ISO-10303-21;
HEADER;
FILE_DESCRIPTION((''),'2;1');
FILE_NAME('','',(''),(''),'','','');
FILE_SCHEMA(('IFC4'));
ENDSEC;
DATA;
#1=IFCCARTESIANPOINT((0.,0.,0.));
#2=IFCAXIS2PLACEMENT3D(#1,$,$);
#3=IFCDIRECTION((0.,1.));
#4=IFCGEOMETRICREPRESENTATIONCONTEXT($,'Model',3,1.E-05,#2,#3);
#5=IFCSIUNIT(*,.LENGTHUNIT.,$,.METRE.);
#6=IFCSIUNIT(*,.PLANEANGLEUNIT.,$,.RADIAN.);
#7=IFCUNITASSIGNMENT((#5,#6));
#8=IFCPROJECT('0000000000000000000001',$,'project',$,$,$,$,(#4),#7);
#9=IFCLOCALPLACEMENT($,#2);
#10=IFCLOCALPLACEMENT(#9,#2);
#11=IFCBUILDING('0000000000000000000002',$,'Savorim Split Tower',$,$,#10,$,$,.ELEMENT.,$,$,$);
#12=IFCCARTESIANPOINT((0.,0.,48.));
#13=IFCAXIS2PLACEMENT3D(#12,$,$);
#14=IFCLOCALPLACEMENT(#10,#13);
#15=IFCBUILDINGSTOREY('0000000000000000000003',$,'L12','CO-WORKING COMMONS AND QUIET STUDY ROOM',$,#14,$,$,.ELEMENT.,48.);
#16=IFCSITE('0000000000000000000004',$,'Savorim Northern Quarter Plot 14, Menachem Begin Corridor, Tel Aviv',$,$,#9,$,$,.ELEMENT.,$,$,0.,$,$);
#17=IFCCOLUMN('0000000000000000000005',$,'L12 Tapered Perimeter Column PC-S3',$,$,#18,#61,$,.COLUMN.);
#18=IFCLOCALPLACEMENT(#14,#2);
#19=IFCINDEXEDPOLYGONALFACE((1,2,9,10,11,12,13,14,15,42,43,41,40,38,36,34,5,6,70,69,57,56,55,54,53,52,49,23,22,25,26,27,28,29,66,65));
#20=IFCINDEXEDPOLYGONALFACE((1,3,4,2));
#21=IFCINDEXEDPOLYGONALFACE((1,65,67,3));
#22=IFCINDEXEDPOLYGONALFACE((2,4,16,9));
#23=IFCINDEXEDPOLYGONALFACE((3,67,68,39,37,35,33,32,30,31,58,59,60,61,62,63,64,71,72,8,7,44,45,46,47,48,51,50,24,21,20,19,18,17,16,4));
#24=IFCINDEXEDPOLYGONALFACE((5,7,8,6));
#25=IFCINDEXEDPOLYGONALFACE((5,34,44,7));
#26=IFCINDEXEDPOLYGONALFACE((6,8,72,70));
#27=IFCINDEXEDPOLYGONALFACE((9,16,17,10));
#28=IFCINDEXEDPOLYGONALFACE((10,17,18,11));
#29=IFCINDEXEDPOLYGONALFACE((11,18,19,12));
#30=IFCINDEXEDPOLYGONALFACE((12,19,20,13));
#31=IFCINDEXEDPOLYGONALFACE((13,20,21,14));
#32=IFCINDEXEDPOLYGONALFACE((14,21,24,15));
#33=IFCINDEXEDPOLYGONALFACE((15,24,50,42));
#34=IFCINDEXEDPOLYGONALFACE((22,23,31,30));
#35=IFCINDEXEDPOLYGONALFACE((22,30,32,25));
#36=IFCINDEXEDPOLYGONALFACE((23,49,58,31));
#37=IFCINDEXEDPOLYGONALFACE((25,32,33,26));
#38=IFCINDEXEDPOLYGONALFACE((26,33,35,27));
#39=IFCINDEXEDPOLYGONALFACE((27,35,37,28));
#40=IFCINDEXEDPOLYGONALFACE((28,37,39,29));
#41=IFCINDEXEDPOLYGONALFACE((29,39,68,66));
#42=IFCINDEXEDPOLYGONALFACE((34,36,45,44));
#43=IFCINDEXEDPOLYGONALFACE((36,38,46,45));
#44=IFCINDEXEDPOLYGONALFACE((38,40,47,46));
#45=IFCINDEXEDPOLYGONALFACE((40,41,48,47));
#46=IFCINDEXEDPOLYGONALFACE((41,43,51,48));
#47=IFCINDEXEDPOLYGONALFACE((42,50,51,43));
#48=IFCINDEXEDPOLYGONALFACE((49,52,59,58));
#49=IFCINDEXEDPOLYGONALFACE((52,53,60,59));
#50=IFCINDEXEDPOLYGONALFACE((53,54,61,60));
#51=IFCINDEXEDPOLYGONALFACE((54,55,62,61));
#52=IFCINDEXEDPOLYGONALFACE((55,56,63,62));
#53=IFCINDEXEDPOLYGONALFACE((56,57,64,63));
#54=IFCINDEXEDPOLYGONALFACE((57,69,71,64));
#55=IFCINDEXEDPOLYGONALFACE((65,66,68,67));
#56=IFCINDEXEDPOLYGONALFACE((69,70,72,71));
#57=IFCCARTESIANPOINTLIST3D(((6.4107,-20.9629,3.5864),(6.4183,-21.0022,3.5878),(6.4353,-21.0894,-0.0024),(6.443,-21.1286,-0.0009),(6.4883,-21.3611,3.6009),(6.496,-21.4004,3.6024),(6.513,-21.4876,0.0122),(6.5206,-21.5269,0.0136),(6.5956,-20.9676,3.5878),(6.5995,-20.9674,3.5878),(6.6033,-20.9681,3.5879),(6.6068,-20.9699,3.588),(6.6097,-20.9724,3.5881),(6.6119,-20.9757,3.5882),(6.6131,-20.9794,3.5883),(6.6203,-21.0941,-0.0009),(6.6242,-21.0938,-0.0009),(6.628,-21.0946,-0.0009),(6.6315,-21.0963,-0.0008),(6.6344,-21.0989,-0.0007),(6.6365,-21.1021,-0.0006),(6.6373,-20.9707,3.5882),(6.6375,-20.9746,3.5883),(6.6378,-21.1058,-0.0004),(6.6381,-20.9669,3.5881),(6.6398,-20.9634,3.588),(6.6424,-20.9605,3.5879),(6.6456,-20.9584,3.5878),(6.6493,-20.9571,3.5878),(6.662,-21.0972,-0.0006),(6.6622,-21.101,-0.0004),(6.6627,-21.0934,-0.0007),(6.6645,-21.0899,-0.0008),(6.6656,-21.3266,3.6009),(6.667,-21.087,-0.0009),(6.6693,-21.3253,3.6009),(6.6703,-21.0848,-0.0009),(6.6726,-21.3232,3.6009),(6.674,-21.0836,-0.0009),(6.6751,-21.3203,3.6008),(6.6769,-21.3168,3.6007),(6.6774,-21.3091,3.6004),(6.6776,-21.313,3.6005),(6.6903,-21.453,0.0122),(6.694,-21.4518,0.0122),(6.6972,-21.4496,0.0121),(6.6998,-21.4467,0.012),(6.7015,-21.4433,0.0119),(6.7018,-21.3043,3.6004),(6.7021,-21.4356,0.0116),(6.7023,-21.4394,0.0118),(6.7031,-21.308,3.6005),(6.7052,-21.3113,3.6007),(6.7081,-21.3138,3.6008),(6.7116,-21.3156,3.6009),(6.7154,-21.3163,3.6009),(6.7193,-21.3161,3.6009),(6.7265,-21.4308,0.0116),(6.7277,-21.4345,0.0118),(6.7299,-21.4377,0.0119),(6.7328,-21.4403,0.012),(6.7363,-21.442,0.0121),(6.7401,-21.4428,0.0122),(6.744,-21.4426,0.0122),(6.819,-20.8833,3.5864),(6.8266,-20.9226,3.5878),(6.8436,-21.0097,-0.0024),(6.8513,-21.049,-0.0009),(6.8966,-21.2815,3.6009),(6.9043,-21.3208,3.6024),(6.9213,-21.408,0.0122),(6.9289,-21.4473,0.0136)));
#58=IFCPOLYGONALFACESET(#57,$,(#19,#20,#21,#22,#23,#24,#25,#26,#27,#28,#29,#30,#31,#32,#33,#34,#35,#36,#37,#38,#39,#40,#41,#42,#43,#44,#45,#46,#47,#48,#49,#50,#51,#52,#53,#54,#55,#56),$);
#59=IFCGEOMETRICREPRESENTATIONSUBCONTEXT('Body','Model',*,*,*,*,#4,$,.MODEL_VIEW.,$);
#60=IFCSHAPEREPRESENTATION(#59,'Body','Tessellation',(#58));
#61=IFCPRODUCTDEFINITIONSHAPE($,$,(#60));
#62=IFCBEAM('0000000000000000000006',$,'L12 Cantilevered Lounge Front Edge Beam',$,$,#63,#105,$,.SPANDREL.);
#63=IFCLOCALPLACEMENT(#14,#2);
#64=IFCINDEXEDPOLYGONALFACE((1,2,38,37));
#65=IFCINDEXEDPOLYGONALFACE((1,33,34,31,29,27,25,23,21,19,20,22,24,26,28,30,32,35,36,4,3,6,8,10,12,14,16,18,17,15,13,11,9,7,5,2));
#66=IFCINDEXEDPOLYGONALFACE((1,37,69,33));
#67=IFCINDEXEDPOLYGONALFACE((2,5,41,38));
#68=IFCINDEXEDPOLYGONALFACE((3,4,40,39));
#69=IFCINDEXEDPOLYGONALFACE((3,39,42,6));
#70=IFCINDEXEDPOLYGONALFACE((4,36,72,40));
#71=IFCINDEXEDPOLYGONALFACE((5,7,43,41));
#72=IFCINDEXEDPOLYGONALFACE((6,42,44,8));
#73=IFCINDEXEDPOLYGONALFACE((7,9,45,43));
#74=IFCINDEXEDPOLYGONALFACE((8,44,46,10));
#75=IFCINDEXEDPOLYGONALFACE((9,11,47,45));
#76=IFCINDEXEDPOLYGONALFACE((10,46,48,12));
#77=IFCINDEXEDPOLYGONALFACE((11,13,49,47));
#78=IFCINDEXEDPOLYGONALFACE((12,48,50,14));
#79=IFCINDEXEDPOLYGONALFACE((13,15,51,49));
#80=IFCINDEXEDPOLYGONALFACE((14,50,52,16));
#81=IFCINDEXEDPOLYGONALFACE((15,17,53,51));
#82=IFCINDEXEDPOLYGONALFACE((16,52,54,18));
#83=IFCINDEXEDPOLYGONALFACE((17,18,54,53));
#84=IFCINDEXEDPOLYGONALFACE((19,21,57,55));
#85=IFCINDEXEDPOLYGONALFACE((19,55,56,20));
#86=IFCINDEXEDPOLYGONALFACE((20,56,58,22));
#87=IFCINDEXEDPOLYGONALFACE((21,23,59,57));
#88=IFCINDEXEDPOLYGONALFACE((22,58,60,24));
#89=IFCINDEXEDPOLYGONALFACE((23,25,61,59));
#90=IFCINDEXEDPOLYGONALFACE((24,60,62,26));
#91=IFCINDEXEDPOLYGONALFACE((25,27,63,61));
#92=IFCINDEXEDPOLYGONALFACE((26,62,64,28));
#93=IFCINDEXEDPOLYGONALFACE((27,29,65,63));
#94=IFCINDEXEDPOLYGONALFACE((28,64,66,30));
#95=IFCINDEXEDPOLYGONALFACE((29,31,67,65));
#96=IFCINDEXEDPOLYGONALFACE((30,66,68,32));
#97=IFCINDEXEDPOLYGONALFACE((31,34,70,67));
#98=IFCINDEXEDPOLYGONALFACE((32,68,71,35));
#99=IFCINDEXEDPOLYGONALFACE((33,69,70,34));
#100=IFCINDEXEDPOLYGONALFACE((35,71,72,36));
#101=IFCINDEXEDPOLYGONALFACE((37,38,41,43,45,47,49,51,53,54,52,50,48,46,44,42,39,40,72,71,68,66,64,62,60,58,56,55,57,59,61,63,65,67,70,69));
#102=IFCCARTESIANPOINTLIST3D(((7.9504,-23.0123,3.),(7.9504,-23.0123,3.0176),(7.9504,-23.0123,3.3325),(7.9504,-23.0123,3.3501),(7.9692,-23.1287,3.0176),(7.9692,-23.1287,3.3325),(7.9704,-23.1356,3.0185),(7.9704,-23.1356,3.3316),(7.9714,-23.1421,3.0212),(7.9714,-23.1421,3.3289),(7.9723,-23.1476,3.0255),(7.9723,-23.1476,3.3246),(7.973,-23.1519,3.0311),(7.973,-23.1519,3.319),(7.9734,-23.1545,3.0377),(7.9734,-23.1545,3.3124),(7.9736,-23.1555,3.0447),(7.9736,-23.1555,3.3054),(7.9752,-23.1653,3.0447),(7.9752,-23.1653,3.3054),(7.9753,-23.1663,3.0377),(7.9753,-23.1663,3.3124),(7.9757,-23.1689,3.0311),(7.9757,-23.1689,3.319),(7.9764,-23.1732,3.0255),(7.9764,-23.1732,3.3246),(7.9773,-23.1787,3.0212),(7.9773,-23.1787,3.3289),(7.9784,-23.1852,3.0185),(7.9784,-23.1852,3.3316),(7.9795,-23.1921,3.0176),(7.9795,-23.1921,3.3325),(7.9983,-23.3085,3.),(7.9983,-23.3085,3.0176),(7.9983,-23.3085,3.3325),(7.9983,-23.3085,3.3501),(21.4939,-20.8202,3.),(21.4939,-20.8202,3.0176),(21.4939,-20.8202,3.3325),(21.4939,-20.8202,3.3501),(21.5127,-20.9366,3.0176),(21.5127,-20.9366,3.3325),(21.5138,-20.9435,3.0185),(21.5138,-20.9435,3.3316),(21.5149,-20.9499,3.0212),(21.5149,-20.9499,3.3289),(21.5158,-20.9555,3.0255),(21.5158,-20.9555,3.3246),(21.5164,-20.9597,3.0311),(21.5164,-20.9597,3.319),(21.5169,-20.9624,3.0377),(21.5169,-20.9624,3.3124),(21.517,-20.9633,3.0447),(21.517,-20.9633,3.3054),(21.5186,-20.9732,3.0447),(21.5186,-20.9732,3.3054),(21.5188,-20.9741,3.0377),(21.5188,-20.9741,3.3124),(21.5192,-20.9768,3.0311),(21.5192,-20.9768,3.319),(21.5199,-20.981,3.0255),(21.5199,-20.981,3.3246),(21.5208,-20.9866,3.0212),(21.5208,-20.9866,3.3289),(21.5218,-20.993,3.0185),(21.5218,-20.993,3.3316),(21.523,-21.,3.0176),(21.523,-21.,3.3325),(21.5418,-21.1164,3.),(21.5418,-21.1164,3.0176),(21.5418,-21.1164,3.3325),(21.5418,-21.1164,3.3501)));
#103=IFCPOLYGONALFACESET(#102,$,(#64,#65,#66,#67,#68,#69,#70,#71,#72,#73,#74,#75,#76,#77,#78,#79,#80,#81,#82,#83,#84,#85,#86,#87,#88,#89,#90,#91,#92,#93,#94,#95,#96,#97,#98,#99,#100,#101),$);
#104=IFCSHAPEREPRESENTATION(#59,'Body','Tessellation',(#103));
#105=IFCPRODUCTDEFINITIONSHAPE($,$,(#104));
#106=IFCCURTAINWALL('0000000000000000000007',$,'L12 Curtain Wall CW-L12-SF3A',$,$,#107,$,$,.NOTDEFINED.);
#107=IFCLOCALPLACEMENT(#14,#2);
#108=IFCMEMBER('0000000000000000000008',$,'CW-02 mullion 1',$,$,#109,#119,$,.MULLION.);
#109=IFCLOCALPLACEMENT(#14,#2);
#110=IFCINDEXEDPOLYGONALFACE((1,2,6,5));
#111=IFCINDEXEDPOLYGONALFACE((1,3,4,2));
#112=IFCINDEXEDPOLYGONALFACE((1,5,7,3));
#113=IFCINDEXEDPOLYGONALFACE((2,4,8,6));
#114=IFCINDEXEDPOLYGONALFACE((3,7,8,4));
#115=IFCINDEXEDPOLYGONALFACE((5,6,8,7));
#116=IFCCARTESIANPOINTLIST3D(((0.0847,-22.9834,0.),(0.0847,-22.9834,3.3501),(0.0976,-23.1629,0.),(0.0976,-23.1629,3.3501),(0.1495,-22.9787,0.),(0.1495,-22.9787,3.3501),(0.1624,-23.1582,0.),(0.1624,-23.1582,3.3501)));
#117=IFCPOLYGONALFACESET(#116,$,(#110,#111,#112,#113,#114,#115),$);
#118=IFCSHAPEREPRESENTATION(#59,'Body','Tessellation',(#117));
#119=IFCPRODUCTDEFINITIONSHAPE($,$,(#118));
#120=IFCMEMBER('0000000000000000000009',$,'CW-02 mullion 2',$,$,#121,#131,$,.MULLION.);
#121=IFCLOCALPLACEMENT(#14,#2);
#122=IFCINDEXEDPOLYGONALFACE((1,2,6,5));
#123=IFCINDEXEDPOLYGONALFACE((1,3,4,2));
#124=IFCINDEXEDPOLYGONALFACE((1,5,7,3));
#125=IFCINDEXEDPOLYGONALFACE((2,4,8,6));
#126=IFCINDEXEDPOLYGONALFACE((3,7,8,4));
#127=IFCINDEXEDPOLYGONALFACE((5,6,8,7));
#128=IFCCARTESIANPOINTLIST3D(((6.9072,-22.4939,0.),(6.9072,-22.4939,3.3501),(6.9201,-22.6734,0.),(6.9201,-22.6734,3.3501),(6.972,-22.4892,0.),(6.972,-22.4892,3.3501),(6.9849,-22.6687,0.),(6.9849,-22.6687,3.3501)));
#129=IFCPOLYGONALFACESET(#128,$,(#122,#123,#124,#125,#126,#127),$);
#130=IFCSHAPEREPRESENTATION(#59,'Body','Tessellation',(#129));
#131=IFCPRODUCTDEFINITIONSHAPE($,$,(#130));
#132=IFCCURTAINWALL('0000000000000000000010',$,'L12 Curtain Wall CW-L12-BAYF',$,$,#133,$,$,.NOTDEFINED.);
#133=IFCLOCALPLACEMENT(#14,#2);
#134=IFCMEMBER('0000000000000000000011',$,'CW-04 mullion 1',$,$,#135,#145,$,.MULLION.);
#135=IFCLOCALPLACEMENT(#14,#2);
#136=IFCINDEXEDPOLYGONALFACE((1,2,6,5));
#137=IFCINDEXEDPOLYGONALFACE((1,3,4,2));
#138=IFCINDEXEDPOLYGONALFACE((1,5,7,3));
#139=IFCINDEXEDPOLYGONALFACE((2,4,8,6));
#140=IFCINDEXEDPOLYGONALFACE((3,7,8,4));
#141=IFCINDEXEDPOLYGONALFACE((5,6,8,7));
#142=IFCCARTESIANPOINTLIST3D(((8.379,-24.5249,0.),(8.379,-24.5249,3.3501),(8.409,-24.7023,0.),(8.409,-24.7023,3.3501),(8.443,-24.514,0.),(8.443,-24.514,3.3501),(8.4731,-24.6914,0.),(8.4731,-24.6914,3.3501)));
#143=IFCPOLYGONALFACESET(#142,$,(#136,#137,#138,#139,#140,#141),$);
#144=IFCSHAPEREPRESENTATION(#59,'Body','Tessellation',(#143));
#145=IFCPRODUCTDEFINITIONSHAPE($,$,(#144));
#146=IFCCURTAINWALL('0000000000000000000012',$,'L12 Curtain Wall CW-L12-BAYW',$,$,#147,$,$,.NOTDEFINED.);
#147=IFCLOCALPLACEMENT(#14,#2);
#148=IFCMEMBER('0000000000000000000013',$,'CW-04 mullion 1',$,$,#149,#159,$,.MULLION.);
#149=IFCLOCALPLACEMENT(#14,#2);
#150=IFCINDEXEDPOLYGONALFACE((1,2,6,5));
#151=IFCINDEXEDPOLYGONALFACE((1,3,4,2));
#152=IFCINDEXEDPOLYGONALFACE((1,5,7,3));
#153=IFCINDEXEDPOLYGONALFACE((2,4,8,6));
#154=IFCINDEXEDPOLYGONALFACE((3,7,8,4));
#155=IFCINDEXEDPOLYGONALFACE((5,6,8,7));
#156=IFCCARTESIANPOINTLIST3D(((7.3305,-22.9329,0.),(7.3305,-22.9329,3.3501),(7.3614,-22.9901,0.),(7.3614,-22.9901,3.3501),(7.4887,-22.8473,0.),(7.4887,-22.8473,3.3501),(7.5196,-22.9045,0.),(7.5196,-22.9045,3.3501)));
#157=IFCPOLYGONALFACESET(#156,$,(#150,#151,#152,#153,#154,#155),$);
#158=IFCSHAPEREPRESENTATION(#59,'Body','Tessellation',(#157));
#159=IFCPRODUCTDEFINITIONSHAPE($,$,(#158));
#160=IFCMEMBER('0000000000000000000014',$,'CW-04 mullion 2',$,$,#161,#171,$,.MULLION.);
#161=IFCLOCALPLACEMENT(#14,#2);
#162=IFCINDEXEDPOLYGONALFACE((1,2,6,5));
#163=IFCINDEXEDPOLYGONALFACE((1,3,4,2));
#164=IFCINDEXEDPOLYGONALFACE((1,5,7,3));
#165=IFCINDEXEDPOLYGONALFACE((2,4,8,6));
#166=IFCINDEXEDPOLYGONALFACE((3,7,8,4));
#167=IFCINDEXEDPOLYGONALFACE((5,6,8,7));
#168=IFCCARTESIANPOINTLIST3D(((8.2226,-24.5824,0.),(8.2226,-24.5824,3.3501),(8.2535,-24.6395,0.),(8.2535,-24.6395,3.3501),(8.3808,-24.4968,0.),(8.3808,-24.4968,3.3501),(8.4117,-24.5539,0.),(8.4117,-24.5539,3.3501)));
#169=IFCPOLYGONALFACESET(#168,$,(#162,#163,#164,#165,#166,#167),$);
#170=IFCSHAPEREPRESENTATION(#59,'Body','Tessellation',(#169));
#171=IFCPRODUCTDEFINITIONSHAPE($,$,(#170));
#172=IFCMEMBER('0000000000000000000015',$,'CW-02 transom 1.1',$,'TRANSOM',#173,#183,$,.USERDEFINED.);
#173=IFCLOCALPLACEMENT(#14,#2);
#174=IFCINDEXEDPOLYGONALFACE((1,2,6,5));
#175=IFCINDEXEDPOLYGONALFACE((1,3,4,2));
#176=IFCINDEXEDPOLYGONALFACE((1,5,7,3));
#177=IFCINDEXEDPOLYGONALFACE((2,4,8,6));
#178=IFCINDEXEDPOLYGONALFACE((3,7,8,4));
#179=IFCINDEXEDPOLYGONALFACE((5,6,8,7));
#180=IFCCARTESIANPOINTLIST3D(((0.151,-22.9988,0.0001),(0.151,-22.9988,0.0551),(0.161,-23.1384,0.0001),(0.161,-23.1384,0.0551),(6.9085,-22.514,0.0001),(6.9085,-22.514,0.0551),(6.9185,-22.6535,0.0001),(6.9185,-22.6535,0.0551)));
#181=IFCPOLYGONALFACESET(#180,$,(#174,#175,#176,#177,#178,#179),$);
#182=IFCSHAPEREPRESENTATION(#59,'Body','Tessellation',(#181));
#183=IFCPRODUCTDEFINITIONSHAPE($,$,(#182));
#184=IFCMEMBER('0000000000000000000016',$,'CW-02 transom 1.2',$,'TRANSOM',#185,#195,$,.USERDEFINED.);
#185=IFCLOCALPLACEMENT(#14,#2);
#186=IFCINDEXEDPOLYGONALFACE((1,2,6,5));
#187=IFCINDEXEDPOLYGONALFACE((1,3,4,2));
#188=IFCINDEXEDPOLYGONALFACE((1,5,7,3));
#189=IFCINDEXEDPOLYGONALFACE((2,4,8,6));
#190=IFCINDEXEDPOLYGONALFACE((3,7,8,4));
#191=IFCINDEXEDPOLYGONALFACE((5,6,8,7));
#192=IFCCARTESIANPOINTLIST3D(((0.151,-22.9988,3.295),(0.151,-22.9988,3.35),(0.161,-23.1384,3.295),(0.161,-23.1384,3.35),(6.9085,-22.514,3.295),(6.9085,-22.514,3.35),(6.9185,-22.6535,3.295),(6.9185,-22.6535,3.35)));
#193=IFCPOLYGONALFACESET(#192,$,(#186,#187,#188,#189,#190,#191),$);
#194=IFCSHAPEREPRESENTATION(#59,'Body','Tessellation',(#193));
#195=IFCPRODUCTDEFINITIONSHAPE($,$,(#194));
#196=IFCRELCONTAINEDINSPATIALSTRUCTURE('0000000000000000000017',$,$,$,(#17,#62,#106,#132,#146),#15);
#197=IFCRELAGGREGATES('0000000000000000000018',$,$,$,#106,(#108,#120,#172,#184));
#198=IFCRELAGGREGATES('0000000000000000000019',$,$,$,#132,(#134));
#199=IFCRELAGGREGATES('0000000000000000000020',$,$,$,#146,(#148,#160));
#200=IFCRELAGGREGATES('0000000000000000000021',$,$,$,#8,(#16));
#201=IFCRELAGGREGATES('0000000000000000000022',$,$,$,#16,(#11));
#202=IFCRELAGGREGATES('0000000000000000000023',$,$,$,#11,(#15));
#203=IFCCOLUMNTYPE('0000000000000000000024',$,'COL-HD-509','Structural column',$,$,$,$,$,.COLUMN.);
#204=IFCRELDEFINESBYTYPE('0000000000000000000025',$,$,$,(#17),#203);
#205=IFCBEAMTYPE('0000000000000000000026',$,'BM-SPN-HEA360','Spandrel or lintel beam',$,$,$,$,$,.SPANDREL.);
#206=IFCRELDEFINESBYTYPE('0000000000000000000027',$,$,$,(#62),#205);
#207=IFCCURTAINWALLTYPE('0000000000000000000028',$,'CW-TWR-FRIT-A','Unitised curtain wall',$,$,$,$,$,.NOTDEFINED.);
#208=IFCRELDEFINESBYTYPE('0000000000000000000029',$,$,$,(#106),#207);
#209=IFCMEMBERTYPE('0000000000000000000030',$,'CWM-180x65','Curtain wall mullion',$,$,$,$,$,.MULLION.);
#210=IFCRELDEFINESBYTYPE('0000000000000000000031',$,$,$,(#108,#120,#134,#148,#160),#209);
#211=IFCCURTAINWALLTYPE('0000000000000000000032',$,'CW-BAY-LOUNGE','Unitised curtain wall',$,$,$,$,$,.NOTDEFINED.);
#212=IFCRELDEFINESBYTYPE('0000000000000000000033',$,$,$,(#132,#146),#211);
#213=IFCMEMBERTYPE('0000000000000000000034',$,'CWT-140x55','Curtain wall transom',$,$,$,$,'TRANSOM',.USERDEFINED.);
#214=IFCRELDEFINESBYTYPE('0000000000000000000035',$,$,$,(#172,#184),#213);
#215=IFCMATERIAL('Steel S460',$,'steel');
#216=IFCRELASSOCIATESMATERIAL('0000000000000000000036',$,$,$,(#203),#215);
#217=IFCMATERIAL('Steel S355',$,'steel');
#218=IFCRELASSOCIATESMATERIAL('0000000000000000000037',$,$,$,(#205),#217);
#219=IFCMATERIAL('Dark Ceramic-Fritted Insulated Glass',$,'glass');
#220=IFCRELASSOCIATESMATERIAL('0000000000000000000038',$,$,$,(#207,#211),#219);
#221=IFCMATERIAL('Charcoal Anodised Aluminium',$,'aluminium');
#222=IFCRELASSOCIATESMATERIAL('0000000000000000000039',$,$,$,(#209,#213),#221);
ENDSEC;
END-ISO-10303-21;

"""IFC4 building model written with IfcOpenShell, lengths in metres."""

from ifc_helpers import new_model, si_unit, direction, frame, origin, origin_2d, place, context, subcontext, project, spatial, rectangle, i_section, extrude, material, material_profile, profile_set, type_object, element, aggregate, save


model = new_model("IFC4")

# Units and contexts
model_context = context("Model", 3, precision=1e-05, world=origin(), true_north=direction((0.0, 1.0)))
body_context = subcontext(model_context, "Body", "Model", "MODEL_VIEW")
ifc_project = project(units=[si_unit("LENGTHUNIT", "METRE"), si_unit("PLANEANGLEUNIT", "RADIAN")], contexts=[model_context])

# Site, building, storey
site_placement = place(None, origin())
site = spatial("IfcSite", under=ifc_project, at=site_placement, Name="Savorim Northern Quarter Plot 14, Menachem Begin Corridor, Tel Aviv", CompositionType="ELEMENT", RefElevation=0.0)
building_placement = place(site_placement, origin())
building = spatial("IfcBuilding", under=site, at=building_placement, Name="Savorim Split Tower", CompositionType="ELEMENT")
storey_placement = place(building_placement, frame((0.0, 0.0, 48.0)))
storey = spatial("IfcBuildingStorey", under=building, at=storey_placement, Name="L12", Description="CO-WORKING COMMONS AND QUIET STUDY ROOM", CompositionType="ELEMENT", Elevation=48.0)

# Column
ifc_material_1 = material(Name="Steel S460", Category="steel")
ifc_material_profile_1 = material_profile(ifc_material_1, i_section(OverallWidth=0.416, OverallDepth=0.446, WebThickness=0.0249, FlangeThickness=0.04, FilletRadius=0.0149, at=origin_2d()), Name="HD 400x509")
ifc_profile_set_1 = profile_set([ifc_material_profile_1], Name="Steel S460")
column_type = type_object("IfcColumnType", Name="COL-HD-509", Description="Structural column", PredefinedType="COLUMN", material=ifc_profile_set_1)
column_placement = place(storey_placement, frame((6.6821, -21.2683, 0.0056), z_axis=(-0.006866, 0.035215, 0.999356), x_axis=(-0.981517, -0.191377, 0.0)))
element("IfcColumn", 1, at=column_placement, inside=storey, type_object=column_type, Name="L12 Tapered Perimeter Column PC-S3", PredefinedType="COLUMN", context=body_context, shape_type="SweptSolid", body=[
    extrude(i_section(OverallWidth=0.416, OverallDepth=0.446, WebThickness=0.0249, FlangeThickness=0.04, FilletRadius=0.0149, at=origin_2d()), origin(), (0.0, 0.0, 1.0), 3.5911),
])

# Beam
ifc_material_2 = material(Name="Steel S355", Category="steel")
ifc_material_profile_2 = material_profile(ifc_material_2, i_section(OverallWidth=0.3, OverallDepth=0.3501, WebThickness=0.01, FlangeThickness=0.0176, FilletRadius=0.0271, at=origin_2d()), Name="HEA 360")
ifc_profile_set_2 = profile_set([ifc_material_profile_2], Name="Steel S355")
beam_type = type_object("IfcBeamType", Name="BM-SPN-HEA360", Description="Spandrel or lintel beam", PredefinedType="SPANDREL", material=ifc_profile_set_2)
beam_placement = place(storey_placement, frame((7.9744, -23.1604, 3.175), z_axis=(0.987153, 0.15978, 0.0), x_axis=(-0.15978, 0.987153, 0.0)))
element("IfcBeam", 2, at=beam_placement, inside=storey, type_object=beam_type, Name="L12 Cantilevered Lounge Front Edge Beam", PredefinedType="SPANDREL", context=body_context, shape_type="SweptSolid", body=[
    extrude(i_section(OverallWidth=0.3, OverallDepth=0.3501, WebThickness=0.01, FlangeThickness=0.0176, FilletRadius=0.0271, at=origin_2d()), origin(), (0.0, 0.0, 1.0), 13.7197),
])

# Curtain wall, members
ifc_material_3 = material(Name="Dark Ceramic-Fritted Insulated Glass", Category="glass")
curtain_wall_type_1 = type_object("IfcCurtainWallType", Name="CW-TWR-FRIT-A", Description="Unitised curtain wall", PredefinedType="NOTDEFINED", material=ifc_material_3)
curtain_wall_1_placement = place(storey_placement, origin())
curtain_wall_1 = element("IfcCurtainWall", 3, at=curtain_wall_1_placement, inside=storey, type_object=curtain_wall_type_1, Name="L12 Curtain Wall CW-L12-SF3A", PredefinedType="NOTDEFINED")
ifc_material_4 = material(Name="Charcoal Anodised Aluminium", Category="aluminium")
ifc_material_profile_3 = material_profile(ifc_material_4, rectangle(XDim=0.1799, YDim=0.0649, at=origin_2d()), Name="ALU-M 180x65")
ifc_profile_set_3 = profile_set([ifc_material_profile_3], Name="Charcoal Anodised Aluminium")
member_type_1 = type_object("IfcMemberType", Name="CWM-180x65", Description="Curtain wall mullion", PredefinedType="MULLION", material=ifc_profile_set_3)
member_1_placement = place(storey_placement, frame((0.1235, -23.0708, 0.0), z_axis=(0.0, 0.0, 1.0), x_axis=(-0.071571, 0.997435, 0.0)))
member_1 = element("IfcMember", 4, at=member_1_placement, type_object=member_type_1, Name="CW-02 mullion 1", PredefinedType="MULLION", context=body_context, shape_type="SweptSolid", body=[
    extrude(rectangle(XDim=0.1799, YDim=0.0649, at=origin_2d()), origin(), (0.0, 0.0, 1.0), 3.3501),
])
member_2_placement = place(storey_placement, frame((6.946, -22.5813, 0.0), z_axis=(0.0, 0.0, 1.0), x_axis=(-0.071571, 0.997435, 0.0)))
member_2 = element("IfcMember", 5, at=member_2_placement, type_object=member_type_1, Name="CW-02 mullion 2", PredefinedType="MULLION", context=body_context, shape_type="SweptSolid", body=[
    extrude(rectangle(XDim=0.1799, YDim=0.0649, at=origin_2d()), origin(), (0.0, 0.0, 1.0), 3.3501),
])

# Curtain wall, member
curtain_wall_type_2 = type_object("IfcCurtainWallType", Name="CW-BAY-LOUNGE", Description="Unitised curtain wall", PredefinedType="NOTDEFINED", material=ifc_material_3)
curtain_wall_2_placement = place(storey_placement, origin())
curtain_wall_2 = element("IfcCurtainWall", 6, at=curtain_wall_2_placement, inside=storey, type_object=curtain_wall_type_2, Name="L12 Curtain Wall CW-L12-BAYF", PredefinedType="NOTDEFINED")
member_3_placement = place(storey_placement, frame((8.426, -24.6082, 0.0), z_axis=(0.0, 0.0, 1.0), x_axis=(-0.166857, 0.985981, 0.0)))
member_3 = element("IfcMember", 7, at=member_3_placement, type_object=member_type_1, Name="CW-04 mullion 1", PredefinedType="MULLION", context=body_context, shape_type="SweptSolid", body=[
    extrude(rectangle(XDim=0.1799, YDim=0.0649, at=origin_2d()), origin(), (0.0, 0.0, 1.0), 3.3501),
])

# Curtain wall, members
curtain_wall_3_placement = place(storey_placement, origin())
curtain_wall_3 = element("IfcCurtainWall", 8, at=curtain_wall_3_placement, inside=storey, type_object=curtain_wall_type_2, Name="L12 Curtain Wall CW-L12-BAYW", PredefinedType="NOTDEFINED")
member_4_placement = place(storey_placement, frame((7.425, -22.9187, 0.0), z_axis=(0.0, 0.0, 1.0), x_axis=(0.879584, 0.475743, 0.0)))
member_4 = element("IfcMember", 9, at=member_4_placement, type_object=member_type_1, Name="CW-04 mullion 1", PredefinedType="MULLION", context=body_context, shape_type="SweptSolid", body=[
    extrude(rectangle(XDim=0.1799, YDim=0.0649, at=origin_2d()), origin(), (0.0, 0.0, 1.0), 3.3501),
])
member_5_placement = place(storey_placement, frame((8.3171, -24.5681, 0.0), z_axis=(0.0, 0.0, 1.0), x_axis=(0.879584, 0.475743, 0.0)))
member_5 = element("IfcMember", 10, at=member_5_placement, type_object=member_type_1, Name="CW-04 mullion 2", PredefinedType="MULLION", context=body_context, shape_type="SweptSolid", body=[
    extrude(rectangle(XDim=0.1799, YDim=0.0649, at=origin_2d()), origin(), (0.0, 0.0, 1.0), 3.3501),
])

# Members
ifc_material_profile_4 = material_profile(ifc_material_4, rectangle(XDim=0.1399, YDim=0.0549, at=origin_2d()), Name="ALU-T 140x55")
ifc_profile_set_4 = profile_set([ifc_material_profile_4], Name="Charcoal Anodised Aluminium")
member_type_2 = type_object("IfcMemberType", Name="CWT-140x55", Description="Curtain wall transom", ElementType="TRANSOM", PredefinedType="USERDEFINED", material=ifc_profile_set_4)
member_6_placement = place(storey_placement, frame((0.156, -23.0686, 0.0276), z_axis=(0.997436, 0.071567, 0.0), x_axis=(-0.071567, 0.997436, 0.0)))
member_6 = element("IfcMember", 11, at=member_6_placement, type_object=member_type_2, Name="CW-02 transom 1.1", ObjectType="TRANSOM", PredefinedType="USERDEFINED", context=body_context, shape_type="SweptSolid", body=[
    extrude(rectangle(XDim=0.1399, YDim=0.0549, at=origin_2d()), origin(), (0.0, 0.0, 1.0), 6.7749),
])
member_7_placement = place(storey_placement, frame((0.156, -23.0686, 3.3225), z_axis=(0.997436, 0.071567, 0.0), x_axis=(-0.071567, 0.997436, 0.0)))
member_7 = element("IfcMember", 12, at=member_7_placement, type_object=member_type_2, Name="CW-02 transom 1.2", ObjectType="TRANSOM", PredefinedType="USERDEFINED", context=body_context, shape_type="SweptSolid", body=[
    extrude(rectangle(XDim=0.1399, YDim=0.0549, at=origin_2d()), origin(), (0.0, 0.0, 1.0), 6.7749),
])

aggregate(curtain_wall_1, [member_1, member_2, member_6, member_7])
aggregate(curtain_wall_2, [member_3])
aggregate(curtain_wall_3, [member_4, member_5])

save(model, "model.ifc")
